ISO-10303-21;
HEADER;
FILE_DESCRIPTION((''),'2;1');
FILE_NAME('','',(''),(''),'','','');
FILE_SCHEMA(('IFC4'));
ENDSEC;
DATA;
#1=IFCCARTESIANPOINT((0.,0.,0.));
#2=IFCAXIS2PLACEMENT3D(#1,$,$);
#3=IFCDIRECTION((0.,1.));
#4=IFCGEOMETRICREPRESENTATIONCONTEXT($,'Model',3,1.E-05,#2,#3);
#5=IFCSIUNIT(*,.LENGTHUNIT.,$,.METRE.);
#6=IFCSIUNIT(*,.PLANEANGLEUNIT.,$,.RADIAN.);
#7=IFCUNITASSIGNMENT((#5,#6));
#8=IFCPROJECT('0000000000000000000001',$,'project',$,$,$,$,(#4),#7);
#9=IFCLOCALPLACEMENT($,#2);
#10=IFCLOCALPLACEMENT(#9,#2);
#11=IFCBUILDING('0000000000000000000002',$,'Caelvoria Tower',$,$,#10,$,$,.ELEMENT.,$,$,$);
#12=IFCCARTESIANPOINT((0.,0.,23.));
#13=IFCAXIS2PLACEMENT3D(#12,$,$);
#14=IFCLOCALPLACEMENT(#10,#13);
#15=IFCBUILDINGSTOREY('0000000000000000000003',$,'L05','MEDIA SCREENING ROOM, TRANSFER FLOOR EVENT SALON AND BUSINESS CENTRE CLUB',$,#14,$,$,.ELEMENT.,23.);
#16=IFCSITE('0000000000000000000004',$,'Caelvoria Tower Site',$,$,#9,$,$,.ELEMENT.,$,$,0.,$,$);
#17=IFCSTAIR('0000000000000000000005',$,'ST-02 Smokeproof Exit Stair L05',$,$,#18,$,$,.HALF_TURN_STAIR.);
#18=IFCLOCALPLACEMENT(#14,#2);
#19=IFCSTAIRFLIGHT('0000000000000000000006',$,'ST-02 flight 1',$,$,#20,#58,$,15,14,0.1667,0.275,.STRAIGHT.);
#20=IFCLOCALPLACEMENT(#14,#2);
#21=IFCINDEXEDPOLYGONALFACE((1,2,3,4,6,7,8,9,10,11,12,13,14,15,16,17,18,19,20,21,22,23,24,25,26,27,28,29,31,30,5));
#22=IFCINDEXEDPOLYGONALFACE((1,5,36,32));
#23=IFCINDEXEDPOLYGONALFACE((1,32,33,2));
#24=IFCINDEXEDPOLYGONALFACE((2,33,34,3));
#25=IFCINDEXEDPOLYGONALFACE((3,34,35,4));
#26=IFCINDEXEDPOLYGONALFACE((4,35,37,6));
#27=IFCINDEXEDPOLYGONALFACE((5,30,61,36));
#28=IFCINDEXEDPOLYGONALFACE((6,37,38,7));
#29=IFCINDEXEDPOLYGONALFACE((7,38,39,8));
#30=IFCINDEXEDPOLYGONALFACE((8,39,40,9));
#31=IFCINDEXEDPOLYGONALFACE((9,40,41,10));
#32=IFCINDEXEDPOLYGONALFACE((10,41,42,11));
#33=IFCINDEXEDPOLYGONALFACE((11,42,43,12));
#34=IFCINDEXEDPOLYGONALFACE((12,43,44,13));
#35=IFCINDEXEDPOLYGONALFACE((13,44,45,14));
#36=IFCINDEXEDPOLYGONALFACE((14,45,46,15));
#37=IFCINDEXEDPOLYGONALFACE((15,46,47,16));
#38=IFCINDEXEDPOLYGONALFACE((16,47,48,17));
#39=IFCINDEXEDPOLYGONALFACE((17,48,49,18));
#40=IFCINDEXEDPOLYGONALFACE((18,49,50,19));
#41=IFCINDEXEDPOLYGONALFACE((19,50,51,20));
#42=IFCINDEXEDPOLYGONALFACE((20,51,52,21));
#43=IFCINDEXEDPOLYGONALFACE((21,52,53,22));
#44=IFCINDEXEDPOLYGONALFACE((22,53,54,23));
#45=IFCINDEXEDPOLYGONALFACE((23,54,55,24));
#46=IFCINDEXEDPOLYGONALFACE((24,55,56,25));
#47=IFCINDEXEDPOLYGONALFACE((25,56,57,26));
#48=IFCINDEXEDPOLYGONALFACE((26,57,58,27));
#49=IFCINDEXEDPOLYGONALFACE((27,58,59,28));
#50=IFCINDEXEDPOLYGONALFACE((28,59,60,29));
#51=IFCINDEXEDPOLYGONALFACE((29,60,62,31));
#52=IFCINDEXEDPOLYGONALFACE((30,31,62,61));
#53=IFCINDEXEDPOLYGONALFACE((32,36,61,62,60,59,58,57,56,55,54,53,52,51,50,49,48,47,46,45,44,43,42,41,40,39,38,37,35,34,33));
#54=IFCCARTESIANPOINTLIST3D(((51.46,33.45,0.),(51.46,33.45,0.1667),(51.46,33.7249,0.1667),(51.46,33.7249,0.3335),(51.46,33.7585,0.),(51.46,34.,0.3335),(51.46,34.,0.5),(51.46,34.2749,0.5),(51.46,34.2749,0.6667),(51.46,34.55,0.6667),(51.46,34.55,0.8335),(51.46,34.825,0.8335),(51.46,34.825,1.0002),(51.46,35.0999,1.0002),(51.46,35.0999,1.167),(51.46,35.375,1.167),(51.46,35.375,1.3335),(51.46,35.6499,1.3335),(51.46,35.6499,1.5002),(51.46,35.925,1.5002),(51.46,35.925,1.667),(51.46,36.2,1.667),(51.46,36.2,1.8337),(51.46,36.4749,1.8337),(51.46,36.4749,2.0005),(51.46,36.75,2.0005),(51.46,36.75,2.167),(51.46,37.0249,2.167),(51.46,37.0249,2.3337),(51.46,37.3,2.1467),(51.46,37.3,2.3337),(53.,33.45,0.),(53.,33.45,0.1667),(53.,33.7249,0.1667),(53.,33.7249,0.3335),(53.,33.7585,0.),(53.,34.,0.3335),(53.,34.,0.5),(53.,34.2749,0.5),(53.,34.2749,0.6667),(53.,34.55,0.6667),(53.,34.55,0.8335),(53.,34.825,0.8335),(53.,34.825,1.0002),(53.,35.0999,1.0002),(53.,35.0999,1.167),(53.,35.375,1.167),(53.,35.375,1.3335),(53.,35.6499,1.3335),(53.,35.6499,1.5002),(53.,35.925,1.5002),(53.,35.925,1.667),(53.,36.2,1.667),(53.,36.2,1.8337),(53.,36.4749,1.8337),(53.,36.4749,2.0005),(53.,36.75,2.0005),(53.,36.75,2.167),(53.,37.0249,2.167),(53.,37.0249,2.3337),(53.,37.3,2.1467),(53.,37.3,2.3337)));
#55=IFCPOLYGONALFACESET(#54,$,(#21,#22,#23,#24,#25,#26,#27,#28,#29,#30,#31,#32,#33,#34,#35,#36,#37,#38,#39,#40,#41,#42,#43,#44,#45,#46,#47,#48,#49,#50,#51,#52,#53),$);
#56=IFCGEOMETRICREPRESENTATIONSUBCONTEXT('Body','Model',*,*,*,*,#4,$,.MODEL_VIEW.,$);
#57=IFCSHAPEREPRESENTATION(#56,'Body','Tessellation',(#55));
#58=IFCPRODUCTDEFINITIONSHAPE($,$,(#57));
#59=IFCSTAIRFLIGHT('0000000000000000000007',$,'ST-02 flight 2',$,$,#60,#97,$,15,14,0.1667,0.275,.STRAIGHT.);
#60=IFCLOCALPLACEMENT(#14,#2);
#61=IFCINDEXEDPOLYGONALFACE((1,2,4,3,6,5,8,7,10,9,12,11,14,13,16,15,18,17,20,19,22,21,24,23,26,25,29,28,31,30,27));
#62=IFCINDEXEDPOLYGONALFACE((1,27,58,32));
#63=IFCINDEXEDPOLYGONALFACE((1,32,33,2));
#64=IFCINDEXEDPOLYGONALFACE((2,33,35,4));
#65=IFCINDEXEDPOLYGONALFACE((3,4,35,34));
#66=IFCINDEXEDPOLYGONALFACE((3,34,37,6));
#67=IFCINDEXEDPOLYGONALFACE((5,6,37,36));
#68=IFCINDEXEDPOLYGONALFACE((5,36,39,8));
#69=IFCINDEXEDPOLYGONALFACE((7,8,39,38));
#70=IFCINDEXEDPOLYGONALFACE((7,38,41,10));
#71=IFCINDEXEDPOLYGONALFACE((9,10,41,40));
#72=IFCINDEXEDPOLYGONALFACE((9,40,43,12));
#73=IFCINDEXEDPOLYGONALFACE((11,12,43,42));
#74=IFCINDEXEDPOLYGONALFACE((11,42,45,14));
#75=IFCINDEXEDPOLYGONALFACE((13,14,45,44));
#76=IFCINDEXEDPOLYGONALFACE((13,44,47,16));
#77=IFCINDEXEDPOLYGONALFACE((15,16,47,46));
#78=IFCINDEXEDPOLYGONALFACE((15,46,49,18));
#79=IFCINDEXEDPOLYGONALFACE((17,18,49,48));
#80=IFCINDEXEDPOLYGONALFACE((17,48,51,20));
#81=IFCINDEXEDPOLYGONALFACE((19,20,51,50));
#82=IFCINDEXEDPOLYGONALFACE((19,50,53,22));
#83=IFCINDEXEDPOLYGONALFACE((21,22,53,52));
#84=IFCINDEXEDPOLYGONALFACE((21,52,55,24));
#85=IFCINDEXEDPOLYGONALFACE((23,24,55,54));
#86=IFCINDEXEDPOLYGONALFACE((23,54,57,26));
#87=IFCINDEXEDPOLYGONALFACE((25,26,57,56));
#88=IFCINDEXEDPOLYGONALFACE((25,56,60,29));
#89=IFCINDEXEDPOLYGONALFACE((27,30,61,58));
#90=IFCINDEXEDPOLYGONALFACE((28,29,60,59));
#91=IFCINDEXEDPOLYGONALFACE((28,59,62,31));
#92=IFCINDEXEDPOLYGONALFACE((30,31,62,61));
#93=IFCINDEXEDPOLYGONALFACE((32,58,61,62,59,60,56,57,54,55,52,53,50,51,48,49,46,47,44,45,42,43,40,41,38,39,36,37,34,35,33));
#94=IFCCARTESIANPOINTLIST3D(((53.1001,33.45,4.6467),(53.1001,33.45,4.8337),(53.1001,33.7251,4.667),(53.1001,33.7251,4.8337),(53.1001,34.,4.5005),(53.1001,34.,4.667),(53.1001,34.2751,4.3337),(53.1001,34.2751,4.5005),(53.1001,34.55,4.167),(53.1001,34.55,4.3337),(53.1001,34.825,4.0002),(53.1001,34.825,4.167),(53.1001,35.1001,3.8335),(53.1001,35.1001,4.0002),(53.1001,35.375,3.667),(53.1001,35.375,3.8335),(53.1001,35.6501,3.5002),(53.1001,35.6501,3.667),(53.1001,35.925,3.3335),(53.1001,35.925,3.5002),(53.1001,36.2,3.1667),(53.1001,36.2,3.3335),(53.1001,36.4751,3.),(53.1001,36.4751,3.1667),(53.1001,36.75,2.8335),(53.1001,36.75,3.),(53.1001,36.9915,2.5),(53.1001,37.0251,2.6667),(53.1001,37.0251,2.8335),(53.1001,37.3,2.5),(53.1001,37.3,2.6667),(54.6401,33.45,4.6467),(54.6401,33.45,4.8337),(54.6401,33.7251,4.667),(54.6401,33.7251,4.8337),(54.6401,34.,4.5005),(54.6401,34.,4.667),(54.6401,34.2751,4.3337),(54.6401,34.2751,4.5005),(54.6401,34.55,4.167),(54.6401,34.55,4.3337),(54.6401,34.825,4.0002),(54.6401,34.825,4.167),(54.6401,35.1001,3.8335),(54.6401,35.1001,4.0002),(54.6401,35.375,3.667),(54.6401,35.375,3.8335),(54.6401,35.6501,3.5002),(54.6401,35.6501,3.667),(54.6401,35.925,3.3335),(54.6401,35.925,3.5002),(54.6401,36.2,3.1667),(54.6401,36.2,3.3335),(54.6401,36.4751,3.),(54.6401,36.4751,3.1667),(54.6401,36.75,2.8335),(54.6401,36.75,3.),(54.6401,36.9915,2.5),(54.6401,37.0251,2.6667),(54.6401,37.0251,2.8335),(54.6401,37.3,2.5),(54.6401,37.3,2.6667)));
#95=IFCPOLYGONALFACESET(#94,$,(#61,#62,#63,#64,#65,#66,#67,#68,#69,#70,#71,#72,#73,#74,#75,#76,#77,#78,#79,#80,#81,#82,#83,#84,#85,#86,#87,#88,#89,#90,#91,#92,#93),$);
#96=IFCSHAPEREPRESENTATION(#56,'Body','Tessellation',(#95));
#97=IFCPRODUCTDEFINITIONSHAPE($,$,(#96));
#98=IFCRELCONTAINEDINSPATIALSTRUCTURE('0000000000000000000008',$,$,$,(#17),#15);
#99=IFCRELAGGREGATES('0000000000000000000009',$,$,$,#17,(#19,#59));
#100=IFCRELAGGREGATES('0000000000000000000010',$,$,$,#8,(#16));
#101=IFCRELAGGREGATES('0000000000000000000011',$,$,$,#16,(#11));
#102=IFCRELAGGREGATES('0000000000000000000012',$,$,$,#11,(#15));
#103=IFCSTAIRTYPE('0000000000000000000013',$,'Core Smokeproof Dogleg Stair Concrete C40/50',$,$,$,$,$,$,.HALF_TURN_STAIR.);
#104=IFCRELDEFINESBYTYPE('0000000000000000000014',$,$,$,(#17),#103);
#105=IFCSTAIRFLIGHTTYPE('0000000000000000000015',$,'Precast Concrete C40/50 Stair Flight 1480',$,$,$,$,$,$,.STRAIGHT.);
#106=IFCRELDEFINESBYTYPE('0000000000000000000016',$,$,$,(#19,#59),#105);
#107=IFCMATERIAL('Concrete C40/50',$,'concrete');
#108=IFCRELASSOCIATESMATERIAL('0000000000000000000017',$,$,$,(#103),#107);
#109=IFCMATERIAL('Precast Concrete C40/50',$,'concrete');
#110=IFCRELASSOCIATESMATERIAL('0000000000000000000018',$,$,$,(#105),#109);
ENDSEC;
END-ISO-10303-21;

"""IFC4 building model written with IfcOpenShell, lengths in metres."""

from ifc_helpers import new_model, si_unit, direction, frame, origin, place, context, subcontext, project, spatial, polyline, outline, extrude, material, type_object, element, aggregate, save


model = new_model("IFC4")

# Units and contexts
model_context = context("Model", 3, precision=1e-05, world=origin(), true_north=direction((0.0, 1.0)))
body_context = subcontext(model_context, "Body", "Model", "MODEL_VIEW")
ifc_project = project(units=[si_unit("LENGTHUNIT", "METRE"), si_unit("PLANEANGLEUNIT", "RADIAN")], contexts=[model_context])

# Site, building, storey
site_placement = place(None, origin())
site = spatial("IfcSite", under=ifc_project, at=site_placement, Name="Caelvoria Tower Site", CompositionType="ELEMENT", RefElevation=0.0)
building_placement = place(site_placement, origin())
building = spatial("IfcBuilding", under=site, at=building_placement, Name="Caelvoria Tower", CompositionType="ELEMENT")
storey_placement = place(building_placement, frame((0.0, 0.0, 23.0)))
storey = spatial("IfcBuildingStorey", under=building, at=storey_placement, Name="L05", Description="MEDIA SCREENING ROOM, TRANSFER FLOOR EVENT SALON AND BUSINESS CENTRE CLUB", CompositionType="ELEMENT", Elevation=23.0)

# Stair, stair flights
ifc_material_1 = material(Name="Concrete C40/50", Category="concrete")
stair_type = type_object("IfcStairType", Name="Core Smokeproof Dogleg Stair Concrete C40/50", PredefinedType="HALF_TURN_STAIR", material=ifc_material_1)
stair_placement = place(storey_placement, origin())
stair = element("IfcStair", 1, at=stair_placement, inside=storey, type_object=stair_type, Name="ST-02 Smokeproof Exit Stair L05", PredefinedType="HALF_TURN_STAIR")
ifc_material_2 = material(Name="Precast Concrete C40/50", Category="concrete")
stair_flight_type = type_object("IfcStairFlightType", Name="Precast Concrete C40/50 Stair Flight 1480", PredefinedType="STRAIGHT", material=ifc_material_2)
stair_flight_1_placement = place(storey_placement, frame((52.23, 33.45, 0.0), z_axis=(0.0, 0.0, 1.0), x_axis=(0.0, 1.0, 0.0)))
stair_flight_1 = element("IfcStairFlight", 2, at=stair_flight_1_placement, type_object=stair_flight_type, Name="ST-02 flight 1", NumberOfRisers=15, NumberOfTreads=14, PredefinedType="STRAIGHT", RiserHeight=0.1667, TreadLength=0.275, context=body_context, shape_type="SweptSolid", body=[
    extrude(outline(polyline([(0.0, 0.0), (0.0, 0.1667), (0.2749, 0.1667), (0.2749, 0.3335), (0.55, 0.3335), (0.55, 0.5), (0.825, 0.5), (0.825, 0.6667), (1.1001, 0.6667), (1.1001, 0.8335), (1.375, 0.8335), (1.375, 1.0002), (1.6499, 1.0002), (1.6499, 1.167), (1.925, 1.167), (1.925, 1.3335), (2.2, 1.3335), (2.2, 1.5002), (2.4751, 1.5002), (2.4751, 1.667), (2.75, 1.667), (2.75, 1.8337), (3.0249, 1.8337), (3.0249, 2.0005), (3.3, 2.0005), (3.3, 2.167), (3.575, 2.167), (3.575, 2.3337), (3.8501, 2.3337), (3.8501, 2.5005), (3.8501, 2.1467), (0.3086, 0.0), (0.0, 0.0)])), frame((0.0, 0.77, 0.0), z_axis=(0.0, -1.0, 0.0), x_axis=(1.0, 0.0, 0.0)), (0.0, 0.0, 1.0), 1.54),
])
stair_flight_2_placement = place(storey_placement, frame((53.8701, 37.3, 2.5), z_axis=(0.0, 0.0, 1.0), x_axis=(0.0, -1.0, 0.0)))
stair_flight_2 = element("IfcStairFlight", 3, at=stair_flight_2_placement, type_object=stair_flight_type, Name="ST-02 flight 2", NumberOfRisers=15, NumberOfTreads=14, PredefinedType="STRAIGHT", RiserHeight=0.1667, TreadLength=0.275, context=body_context, shape_type="SweptSolid", body=[
    extrude(outline(polyline([(0.0, 0.0), (0.0, 0.1667), (0.2749, 0.1667), (0.2749, 0.3335), (0.55, 0.3335), (0.55, 0.5), (0.825, 0.5), (0.825, 0.6667), (1.1001, 0.6667), (1.1001, 0.8335), (1.375, 0.8335), (1.375, 1.0002), (1.6499, 1.0002), (1.6499, 1.167), (1.925, 1.167), (1.925, 1.3335), (2.2, 1.3335), (2.2, 1.5002), (2.4751, 1.5002), (2.4751, 1.667), (2.75, 1.667), (2.75, 1.8337), (3.0249, 1.8337), (3.0249, 2.0005), (3.3, 2.0005), (3.3, 2.167), (3.575, 2.167), (3.575, 2.3337), (3.8501, 2.3337), (3.8501, 2.5005), (3.8501, 2.1467), (0.3086, 0.0), (0.0, 0.0)])), frame((0.0, 0.77, 0.0), z_axis=(0.0, -1.0, 0.0), x_axis=(1.0, 0.0, 0.0)), (0.0, 0.0, 1.0), 1.54),
])
aggregate(stair, [stair_flight_1, stair_flight_2])

save(model, "model.ifc")
